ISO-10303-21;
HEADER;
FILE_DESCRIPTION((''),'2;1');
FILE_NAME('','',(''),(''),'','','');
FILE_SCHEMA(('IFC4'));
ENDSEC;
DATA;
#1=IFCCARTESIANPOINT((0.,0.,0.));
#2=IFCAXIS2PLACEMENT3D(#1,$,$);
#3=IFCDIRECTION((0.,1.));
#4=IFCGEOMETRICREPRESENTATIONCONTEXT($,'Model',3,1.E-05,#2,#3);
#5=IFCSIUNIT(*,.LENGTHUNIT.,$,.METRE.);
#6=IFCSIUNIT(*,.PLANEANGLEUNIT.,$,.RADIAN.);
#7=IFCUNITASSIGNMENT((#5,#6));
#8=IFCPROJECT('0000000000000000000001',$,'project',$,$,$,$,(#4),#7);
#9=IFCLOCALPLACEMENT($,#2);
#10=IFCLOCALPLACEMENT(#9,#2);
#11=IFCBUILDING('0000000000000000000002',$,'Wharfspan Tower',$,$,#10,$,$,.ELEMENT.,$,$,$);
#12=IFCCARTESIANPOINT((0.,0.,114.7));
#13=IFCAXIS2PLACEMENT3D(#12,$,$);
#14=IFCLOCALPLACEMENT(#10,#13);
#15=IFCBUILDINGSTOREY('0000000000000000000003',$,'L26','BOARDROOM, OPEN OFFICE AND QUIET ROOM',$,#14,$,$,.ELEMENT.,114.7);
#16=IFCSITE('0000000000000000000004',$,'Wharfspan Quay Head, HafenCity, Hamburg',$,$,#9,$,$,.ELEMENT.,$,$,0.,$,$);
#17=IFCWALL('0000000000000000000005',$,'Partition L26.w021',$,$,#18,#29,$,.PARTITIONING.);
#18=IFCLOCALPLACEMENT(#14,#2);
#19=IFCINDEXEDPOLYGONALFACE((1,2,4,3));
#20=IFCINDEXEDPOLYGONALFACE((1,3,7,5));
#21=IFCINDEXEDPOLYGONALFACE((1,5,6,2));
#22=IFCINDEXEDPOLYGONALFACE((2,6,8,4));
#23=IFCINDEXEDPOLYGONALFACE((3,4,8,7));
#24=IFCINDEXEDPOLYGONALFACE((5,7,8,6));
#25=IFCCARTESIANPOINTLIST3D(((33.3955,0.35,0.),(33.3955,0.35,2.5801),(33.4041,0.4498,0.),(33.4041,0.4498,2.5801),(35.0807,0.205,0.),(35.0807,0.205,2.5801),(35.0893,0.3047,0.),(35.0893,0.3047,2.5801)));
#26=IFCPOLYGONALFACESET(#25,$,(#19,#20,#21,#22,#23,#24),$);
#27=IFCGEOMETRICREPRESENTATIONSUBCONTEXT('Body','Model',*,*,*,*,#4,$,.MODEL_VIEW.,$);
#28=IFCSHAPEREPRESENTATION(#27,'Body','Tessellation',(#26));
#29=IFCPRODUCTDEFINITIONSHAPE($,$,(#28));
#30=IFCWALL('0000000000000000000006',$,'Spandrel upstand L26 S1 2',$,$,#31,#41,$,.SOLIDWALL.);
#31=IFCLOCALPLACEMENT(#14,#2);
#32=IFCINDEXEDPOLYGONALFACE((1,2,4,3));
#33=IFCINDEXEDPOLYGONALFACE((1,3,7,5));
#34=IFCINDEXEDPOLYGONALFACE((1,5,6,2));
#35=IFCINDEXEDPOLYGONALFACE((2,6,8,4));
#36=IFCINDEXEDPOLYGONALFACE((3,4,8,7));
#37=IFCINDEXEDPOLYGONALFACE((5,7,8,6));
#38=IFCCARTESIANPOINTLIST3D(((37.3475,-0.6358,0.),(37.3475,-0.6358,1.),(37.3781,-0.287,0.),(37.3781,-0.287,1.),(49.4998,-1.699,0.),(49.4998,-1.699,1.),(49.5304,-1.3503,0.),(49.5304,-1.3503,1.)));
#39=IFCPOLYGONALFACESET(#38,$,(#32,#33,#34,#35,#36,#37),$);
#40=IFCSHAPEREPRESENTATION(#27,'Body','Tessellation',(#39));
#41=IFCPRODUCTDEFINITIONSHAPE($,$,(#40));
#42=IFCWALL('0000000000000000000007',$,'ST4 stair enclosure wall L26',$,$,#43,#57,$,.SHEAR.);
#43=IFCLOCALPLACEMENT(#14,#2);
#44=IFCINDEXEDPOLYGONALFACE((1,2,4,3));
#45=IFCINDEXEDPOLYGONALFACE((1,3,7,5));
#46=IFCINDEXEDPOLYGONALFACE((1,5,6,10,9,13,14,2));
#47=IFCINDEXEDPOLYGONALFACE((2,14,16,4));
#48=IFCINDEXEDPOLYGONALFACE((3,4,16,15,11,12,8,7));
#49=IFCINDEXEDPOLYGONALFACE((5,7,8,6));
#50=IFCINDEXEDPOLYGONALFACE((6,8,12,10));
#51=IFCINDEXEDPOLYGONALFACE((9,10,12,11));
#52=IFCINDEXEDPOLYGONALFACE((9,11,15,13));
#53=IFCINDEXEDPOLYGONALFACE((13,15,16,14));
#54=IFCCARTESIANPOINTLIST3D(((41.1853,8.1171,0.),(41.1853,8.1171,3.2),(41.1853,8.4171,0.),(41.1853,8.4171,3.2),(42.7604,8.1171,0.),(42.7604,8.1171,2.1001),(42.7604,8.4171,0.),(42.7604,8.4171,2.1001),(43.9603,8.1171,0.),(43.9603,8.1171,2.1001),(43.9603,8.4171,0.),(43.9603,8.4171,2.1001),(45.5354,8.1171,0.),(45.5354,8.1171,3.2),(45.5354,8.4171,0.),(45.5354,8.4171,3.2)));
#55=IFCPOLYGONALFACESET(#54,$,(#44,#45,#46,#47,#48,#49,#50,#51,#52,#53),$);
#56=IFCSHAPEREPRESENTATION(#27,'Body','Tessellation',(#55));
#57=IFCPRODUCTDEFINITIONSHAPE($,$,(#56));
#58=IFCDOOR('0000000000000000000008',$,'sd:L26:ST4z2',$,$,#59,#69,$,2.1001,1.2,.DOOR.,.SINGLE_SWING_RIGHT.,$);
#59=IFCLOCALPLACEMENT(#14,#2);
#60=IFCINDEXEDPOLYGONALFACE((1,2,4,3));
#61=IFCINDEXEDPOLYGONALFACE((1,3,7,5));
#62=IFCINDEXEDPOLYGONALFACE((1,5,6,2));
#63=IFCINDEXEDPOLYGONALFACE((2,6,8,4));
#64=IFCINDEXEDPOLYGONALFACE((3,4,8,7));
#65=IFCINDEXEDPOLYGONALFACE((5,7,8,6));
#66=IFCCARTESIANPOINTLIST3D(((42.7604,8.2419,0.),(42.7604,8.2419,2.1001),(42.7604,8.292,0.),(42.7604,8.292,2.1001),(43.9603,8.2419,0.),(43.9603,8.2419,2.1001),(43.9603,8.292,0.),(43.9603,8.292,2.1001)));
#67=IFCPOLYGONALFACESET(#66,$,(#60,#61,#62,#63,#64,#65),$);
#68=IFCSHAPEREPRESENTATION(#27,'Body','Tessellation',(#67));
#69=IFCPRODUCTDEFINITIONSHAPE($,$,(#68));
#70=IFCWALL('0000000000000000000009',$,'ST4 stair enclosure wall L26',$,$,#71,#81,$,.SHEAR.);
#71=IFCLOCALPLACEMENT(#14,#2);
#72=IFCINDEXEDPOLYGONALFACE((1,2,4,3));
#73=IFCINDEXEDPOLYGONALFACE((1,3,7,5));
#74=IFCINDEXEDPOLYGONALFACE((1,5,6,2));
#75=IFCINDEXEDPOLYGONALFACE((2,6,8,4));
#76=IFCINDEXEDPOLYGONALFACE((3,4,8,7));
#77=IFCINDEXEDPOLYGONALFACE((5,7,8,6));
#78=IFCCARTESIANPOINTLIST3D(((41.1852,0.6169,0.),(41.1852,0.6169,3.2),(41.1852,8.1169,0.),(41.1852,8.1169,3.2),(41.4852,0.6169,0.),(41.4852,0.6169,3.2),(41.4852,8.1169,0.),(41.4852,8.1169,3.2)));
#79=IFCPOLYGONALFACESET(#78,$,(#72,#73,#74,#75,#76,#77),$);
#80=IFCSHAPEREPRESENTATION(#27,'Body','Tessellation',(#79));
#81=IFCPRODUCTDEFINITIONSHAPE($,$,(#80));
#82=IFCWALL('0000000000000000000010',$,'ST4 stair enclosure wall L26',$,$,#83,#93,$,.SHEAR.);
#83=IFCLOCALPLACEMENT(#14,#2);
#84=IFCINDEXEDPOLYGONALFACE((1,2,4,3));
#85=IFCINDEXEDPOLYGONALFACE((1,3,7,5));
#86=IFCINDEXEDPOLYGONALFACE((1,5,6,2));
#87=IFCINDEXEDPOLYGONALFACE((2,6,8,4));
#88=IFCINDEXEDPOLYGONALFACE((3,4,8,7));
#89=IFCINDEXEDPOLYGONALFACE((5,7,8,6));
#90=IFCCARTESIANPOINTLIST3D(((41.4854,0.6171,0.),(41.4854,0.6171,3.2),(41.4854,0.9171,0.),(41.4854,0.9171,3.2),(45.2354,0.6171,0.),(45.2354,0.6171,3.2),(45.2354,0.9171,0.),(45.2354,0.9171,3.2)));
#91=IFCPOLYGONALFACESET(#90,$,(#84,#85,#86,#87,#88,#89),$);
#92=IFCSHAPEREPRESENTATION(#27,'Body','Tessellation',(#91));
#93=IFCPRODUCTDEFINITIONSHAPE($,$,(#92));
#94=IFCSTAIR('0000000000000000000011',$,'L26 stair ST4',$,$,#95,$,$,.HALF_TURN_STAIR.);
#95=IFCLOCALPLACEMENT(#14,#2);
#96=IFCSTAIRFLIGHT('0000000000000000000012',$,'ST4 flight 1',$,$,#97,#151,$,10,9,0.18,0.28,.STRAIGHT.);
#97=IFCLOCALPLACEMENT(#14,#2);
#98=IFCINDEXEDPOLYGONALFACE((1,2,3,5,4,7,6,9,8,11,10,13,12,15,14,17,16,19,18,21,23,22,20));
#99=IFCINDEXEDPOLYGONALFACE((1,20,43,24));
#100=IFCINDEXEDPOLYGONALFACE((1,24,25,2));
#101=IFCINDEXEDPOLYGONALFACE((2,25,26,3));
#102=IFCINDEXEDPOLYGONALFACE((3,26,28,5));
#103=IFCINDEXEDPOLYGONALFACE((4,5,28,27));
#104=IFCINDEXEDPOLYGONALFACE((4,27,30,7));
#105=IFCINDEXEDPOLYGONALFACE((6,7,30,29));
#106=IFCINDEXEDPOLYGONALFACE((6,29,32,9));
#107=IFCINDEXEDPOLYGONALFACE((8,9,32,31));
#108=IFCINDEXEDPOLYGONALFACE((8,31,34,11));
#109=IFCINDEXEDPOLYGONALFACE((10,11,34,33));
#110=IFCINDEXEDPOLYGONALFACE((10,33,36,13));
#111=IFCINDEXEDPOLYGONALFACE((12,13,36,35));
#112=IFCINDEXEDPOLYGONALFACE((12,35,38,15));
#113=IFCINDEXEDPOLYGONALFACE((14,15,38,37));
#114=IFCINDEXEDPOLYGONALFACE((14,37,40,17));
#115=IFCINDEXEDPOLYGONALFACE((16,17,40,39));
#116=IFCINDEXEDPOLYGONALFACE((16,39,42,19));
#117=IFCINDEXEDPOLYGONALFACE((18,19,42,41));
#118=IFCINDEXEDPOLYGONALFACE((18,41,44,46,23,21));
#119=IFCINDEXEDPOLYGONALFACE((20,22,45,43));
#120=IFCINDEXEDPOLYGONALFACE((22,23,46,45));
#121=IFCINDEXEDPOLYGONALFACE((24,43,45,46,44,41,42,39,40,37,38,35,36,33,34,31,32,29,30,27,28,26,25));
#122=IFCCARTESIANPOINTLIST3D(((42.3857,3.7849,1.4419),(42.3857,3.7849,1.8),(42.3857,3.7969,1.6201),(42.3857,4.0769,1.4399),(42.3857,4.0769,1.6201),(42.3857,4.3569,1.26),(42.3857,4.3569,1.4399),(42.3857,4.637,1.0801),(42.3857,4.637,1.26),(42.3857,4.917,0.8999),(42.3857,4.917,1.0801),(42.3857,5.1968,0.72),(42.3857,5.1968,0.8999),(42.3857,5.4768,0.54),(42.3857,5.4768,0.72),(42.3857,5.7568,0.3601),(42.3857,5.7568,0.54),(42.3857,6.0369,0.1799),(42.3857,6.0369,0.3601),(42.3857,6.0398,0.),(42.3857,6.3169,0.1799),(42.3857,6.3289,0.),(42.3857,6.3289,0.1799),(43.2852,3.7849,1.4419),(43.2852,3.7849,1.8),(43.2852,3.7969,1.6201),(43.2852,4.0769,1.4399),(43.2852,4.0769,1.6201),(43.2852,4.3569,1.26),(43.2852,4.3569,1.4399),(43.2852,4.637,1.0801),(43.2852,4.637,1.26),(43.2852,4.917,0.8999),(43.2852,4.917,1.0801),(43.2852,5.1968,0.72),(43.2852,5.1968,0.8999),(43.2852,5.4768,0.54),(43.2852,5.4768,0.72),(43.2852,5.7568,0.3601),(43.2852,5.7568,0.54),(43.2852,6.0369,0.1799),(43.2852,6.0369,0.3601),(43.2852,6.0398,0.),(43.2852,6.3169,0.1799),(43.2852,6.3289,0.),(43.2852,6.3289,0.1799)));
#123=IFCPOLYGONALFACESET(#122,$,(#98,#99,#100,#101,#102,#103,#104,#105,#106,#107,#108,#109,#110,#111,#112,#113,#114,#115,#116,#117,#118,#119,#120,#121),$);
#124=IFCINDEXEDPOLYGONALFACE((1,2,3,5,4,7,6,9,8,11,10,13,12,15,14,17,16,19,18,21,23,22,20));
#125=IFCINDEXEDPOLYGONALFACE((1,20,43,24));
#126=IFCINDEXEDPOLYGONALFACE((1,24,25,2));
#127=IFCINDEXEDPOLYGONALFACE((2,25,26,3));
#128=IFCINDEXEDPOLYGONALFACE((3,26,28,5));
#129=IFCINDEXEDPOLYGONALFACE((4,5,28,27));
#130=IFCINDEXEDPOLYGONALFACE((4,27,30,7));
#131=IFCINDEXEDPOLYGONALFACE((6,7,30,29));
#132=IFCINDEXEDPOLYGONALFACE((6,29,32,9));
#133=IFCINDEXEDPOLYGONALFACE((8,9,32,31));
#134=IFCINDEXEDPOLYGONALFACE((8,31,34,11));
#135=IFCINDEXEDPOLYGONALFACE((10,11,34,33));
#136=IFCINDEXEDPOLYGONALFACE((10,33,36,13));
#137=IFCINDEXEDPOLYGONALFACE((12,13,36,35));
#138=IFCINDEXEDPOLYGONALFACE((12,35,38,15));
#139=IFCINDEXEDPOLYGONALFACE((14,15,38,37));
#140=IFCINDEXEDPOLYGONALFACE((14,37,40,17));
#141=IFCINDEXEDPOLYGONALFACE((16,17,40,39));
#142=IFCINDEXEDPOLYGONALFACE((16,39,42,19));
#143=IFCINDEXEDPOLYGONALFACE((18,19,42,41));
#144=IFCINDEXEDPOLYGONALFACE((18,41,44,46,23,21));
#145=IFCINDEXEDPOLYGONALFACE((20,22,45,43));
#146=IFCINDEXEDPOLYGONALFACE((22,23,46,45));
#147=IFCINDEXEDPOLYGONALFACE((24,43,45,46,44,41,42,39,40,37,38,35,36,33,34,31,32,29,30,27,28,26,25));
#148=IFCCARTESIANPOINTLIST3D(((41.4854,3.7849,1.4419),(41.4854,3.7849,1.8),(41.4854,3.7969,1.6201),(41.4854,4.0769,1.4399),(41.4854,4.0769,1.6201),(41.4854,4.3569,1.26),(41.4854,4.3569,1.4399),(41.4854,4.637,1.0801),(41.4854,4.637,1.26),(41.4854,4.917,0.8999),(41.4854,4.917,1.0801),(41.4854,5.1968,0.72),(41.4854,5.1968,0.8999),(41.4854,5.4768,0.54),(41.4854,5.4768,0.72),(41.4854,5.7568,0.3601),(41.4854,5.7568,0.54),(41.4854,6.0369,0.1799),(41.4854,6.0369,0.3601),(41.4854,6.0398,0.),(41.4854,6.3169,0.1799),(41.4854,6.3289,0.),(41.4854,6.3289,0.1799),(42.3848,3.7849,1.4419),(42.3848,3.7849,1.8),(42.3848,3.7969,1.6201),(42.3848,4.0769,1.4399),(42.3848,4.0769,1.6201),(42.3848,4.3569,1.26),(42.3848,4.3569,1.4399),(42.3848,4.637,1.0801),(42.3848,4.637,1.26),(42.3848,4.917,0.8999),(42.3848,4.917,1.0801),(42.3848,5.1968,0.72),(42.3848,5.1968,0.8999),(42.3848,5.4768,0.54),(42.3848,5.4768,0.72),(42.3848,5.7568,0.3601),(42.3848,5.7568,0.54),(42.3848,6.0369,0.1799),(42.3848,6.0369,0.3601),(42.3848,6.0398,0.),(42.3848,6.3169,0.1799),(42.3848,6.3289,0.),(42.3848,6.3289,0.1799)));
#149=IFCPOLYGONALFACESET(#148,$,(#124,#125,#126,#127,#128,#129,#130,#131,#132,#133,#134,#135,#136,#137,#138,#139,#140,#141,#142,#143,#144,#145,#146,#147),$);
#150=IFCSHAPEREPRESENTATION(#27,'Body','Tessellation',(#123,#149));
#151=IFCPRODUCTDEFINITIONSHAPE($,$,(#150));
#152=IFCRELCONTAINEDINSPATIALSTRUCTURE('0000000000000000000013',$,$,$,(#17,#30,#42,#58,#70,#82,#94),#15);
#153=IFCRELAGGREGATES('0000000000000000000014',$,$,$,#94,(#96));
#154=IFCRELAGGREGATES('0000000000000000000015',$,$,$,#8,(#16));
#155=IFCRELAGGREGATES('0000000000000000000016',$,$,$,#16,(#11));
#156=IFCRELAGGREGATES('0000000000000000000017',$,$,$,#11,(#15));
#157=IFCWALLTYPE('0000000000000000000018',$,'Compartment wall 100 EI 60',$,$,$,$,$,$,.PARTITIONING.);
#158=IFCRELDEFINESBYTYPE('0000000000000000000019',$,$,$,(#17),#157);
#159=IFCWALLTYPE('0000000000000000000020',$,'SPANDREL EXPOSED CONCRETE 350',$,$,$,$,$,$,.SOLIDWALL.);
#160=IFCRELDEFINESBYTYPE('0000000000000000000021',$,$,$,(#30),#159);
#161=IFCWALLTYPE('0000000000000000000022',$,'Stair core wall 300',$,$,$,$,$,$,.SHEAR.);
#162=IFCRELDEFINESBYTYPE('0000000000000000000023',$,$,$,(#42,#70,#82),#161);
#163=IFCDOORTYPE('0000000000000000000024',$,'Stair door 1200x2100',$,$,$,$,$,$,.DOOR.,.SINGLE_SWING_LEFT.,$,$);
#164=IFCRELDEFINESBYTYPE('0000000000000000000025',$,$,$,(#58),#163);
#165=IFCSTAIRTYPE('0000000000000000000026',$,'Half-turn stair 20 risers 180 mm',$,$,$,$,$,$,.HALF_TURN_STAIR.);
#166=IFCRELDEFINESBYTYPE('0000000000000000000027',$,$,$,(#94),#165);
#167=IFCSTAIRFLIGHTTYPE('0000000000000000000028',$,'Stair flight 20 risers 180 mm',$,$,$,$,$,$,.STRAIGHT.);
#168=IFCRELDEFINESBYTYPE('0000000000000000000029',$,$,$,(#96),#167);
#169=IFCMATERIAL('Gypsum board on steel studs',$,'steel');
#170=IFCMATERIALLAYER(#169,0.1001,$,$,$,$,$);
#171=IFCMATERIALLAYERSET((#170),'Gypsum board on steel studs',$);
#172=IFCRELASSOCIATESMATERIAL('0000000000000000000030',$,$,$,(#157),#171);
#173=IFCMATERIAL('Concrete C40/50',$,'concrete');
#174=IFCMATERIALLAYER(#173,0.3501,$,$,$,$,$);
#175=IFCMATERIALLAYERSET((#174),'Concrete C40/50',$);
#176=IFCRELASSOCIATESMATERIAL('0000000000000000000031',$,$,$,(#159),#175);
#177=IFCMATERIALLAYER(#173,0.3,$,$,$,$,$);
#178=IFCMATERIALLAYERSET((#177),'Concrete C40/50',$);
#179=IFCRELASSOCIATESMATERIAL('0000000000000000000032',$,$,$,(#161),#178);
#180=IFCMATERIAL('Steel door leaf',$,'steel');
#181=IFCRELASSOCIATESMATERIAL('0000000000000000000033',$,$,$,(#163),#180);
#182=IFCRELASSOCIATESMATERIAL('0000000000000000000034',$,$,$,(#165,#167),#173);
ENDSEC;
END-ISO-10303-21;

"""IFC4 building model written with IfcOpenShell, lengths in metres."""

from ifc_helpers import new_model, si_unit, direction, frame, frame_2d, origin, place, context, subcontext, project, spatial, polyline, rectangle, outline, extrude, material, layer, layer_set, type_object, element, fill, aggregate, save


model = new_model("IFC4")

# Units and contexts
model_context = context("Model", 3, precision=1e-05, world=origin(), true_north=direction((0.0, 1.0)))
body_context = subcontext(model_context, "Body", "Model", "MODEL_VIEW")
ifc_project = project(units=[si_unit("LENGTHUNIT", "METRE"), si_unit("PLANEANGLEUNIT", "RADIAN")], contexts=[model_context])

# Site, building, storey
site_placement = place(None, origin())
site = spatial("IfcSite", under=ifc_project, at=site_placement, Name="Wharfspan Quay Head, HafenCity, Hamburg", CompositionType="ELEMENT", RefElevation=0.0)
building_placement = place(site_placement, origin())
building = spatial("IfcBuilding", under=site, at=building_placement, Name="Wharfspan Tower", CompositionType="ELEMENT")
storey_placement = place(building_placement, frame((0.0, 0.0, 114.7)))
storey = spatial("IfcBuildingStorey", under=building, at=storey_placement, Name="L26", Description="BOARDROOM, OPEN OFFICE AND QUIET ROOM", CompositionType="ELEMENT", Elevation=114.7)

# Shared definitions
ifc_material_1 = material(Name="Gypsum board on steel studs", Category="steel")
ifc_layer_1 = layer(ifc_material_1, 0.1001)
ifc_layer_set_1 = layer_set([ifc_layer_1], Name="Gypsum board on steel studs")
wall_type_1 = type_object("IfcWallType", Name="Compartment wall 100 EI 60", PredefinedType="PARTITIONING", material=ifc_layer_set_1)

# Walls
wall_1_placement = place(storey_placement, frame((35.085, 0.2549, 0.0), z_axis=(0.0, 0.0, 1.0), x_axis=(-0.996316, 0.085745, 0.0)))
element("IfcWall", 1, at=wall_1_placement, inside=storey, type_object=wall_type_1, Name="Partition L26.w021", PredefinedType="PARTITIONING", context=body_context, shape_type="SweptSolid", body=[
    extrude(rectangle(XDim=1.6914, YDim=0.1001, at=frame_2d((0.8457, 0.0))), origin(), (0.0, 0.0, 1.0), 2.5801),
])
ifc_material_2 = material(Name="Concrete C40/50", Category="concrete")
ifc_layer_2 = layer(ifc_material_2, 0.3501)
ifc_layer_set_2 = layer_set([ifc_layer_2], Name="Concrete C40/50")
wall_type_2 = type_object("IfcWallType", Name="SPANDREL EXPOSED CONCRETE 350", PredefinedType="SOLIDWALL", material=ifc_layer_set_2)
wall_2_placement = place(storey_placement, frame((37.3628, -0.4614, 0.0), z_axis=(0.0, 0.0, 1.0), x_axis=(0.996194, -0.087159, 0.0)))
element("IfcWall", 2, at=wall_2_placement, inside=storey, type_object=wall_type_2, Name="Spandrel upstand L26 S1 2", PredefinedType="SOLIDWALL", context=body_context, shape_type="SweptSolid", body=[
    extrude(rectangle(XDim=12.1987, YDim=0.3501, at=frame_2d((6.0994, 0.0))), origin(), (0.0, 0.0, 1.0), 1.0),
])

# Wall, opening, door
ifc_layer_3 = layer(ifc_material_2, 0.3)
ifc_layer_set_3 = layer_set([ifc_layer_3], Name="Concrete C40/50")
wall_type_3 = type_object("IfcWallType", Name="Stair core wall 300", PredefinedType="SHEAR", material=ifc_layer_set_3)
wall_3_placement = place(storey_placement, frame((41.1853, 8.2671, 0.0), z_axis=(0.0, 0.0, 1.0), x_axis=(1.0, 0.0, 0.0)))
wall_3 = element("IfcWall", 3, at=wall_3_placement, inside=storey, type_object=wall_type_3, Name="ST4 stair enclosure wall L26", PredefinedType="SHEAR", context=body_context, shape_type="SweptSolid", body=[
    extrude(rectangle(XDim=4.3501, YDim=0.3, at=frame_2d((2.175, 0.0))), origin(), (0.0, 0.0, 1.0), 3.2),
])
opening_1_placement = place(wall_3_placement, frame((1.575, 0.0, 0.0)))
opening_1 = element("IfcOpeningElement", 4, at=opening_1_placement, cuts=wall_3, PredefinedType="OPENING", context=body_context, shape_type="SweptSolid", body=[
    extrude(rectangle(XDim=1.2, YDim=2.1001, at=frame_2d((0.6001, 1.05))), frame((0.0, 0.1599, 0.0), z_axis=(0.0, -1.0, 0.0), x_axis=(1.0, 0.0, 0.0)), (0.0, 0.0, 1.0), 0.3201),
])
ifc_material_3 = material(Name="Steel door leaf", Category="steel")
door_type_1 = type_object("IfcDoorType", Name="Stair door 1200x2100", OperationType="SINGLE_SWING_LEFT", PredefinedType="DOOR", material=ifc_material_3)
door_1_placement = place(opening_1_placement, origin())
door_1 = element("IfcDoor", 5, at=door_1_placement, inside=storey, type_object=door_type_1, Name="sd:L26:ST4z2", OperationType="SINGLE_SWING_RIGHT", OverallHeight=2.1001, OverallWidth=1.2, PredefinedType="DOOR", context=body_context, shape_type="SweptSolid", body=[
    extrude(rectangle(XDim=1.2, YDim=2.1001, at=frame_2d((0.6001, 1.05))), frame((0.0, 0.0249, 0.0), z_axis=(0.0, -1.0, 0.0), x_axis=(1.0, 0.0, 0.0)), (0.0, 0.0, 1.0), 0.05),
])
fill(opening_1, door_1)

# Walls
wall_4_placement = place(storey_placement, frame((41.3352, 0.6169, 0.0), z_axis=(0.0, 0.0, 1.0), x_axis=(0.0, 1.0, 0.0)))
element("IfcWall", 6, at=wall_4_placement, inside=storey, type_object=wall_type_3, Name="ST4 stair enclosure wall L26", PredefinedType="SHEAR", context=body_context, shape_type="SweptSolid", body=[
    extrude(rectangle(XDim=7.5, YDim=0.3, at=frame_2d((3.75, 0.0))), origin(), (0.0, 0.0, 1.0), 3.2),
])
wall_5_placement = place(storey_placement, frame((41.4854, 0.7671, 0.0), z_axis=(0.0, 0.0, 1.0), x_axis=(1.0, 0.0, 0.0)))
element("IfcWall", 7, at=wall_5_placement, inside=storey, type_object=wall_type_3, Name="ST4 stair enclosure wall L26", PredefinedType="SHEAR", context=body_context, shape_type="SweptSolid", body=[
    extrude(rectangle(XDim=3.75, YDim=0.3, at=frame_2d((1.875, 0.0))), origin(), (0.0, 0.0, 1.0), 3.2),
])

# Stair, stair flight
stair_type = type_object("IfcStairType", Name="Half-turn stair 20 risers 180 mm", PredefinedType="HALF_TURN_STAIR", material=ifc_material_2)
stair_placement = place(storey_placement, origin())
stair = element("IfcStair", 8, at=stair_placement, inside=storey, type_object=stair_type, Name="L26 stair ST4", PredefinedType="HALF_TURN_STAIR")
stair_flight_type = type_object("IfcStairFlightType", Name="Stair flight 20 risers 180 mm", PredefinedType="STRAIGHT", material=ifc_material_2)
stair_flight_placement = place(storey_placement, frame((42.3853, 6.3169, 0.0), z_axis=(0.0, 0.0, 1.0), x_axis=(0.0, -1.0, 0.0)))
stair_flight = element("IfcStairFlight", 9, at=stair_flight_placement, type_object=stair_flight_type, Name="ST4 flight 1", NumberOfRisers=10, NumberOfTreads=9, PredefinedType="STRAIGHT", RiserHeight=0.18, TreadLength=0.28, context=body_context, shape_type="SweptSolid", body=[
    extrude(outline(polyline([(-0.012, 0.0), (-0.012, 0.1799), (0.0, 0.1799), (0.28, 0.1799), (0.28, 0.3601), (0.5601, 0.3601), (0.5601, 0.54), (0.8401, 0.54), (0.8401, 0.72), (1.1201, 0.72), (1.1201, 0.8999), (1.3999, 0.8999), (1.3999, 1.0801), (1.6799, 1.0801), (1.6799, 1.26), (1.96, 1.26), (1.96, 1.4399), (2.24, 1.4399), (2.24, 1.6201), (2.52, 1.6201), (2.532, 1.8), (2.532, 1.4419), (0.2771, 0.0), (-0.012, 0.0)])), frame((0.0, 0.8999, 0.0), z_axis=(0.0, -1.0, 0.0), x_axis=(1.0, 0.0, 0.0)), (0.0, 0.0, 1.0), 0.8994),
    extrude(outline(polyline([(-0.012, 0.0), (-0.012, 0.1799), (0.0, 0.1799), (0.28, 0.1799), (0.28, 0.3601), (0.5601, 0.3601), (0.5601, 0.54), (0.8401, 0.54), (0.8401, 0.72), (1.1201, 0.72), (1.1201, 0.8999), (1.3999, 0.8999), (1.3999, 1.0801), (1.6799, 1.0801), (1.6799, 1.26), (1.96, 1.26), (1.96, 1.4399), (2.24, 1.4399), (2.24, 1.6201), (2.52, 1.6201), (2.532, 1.8), (2.532, 1.4419), (0.2771, 0.0), (-0.012, 0.0)])), frame((0.0, -0.0005, 0.0), z_axis=(0.0, -1.0, 0.0), x_axis=(1.0, 0.0, 0.0)), (0.0, 0.0, 1.0), 0.8994),
])
aggregate(stair, [stair_flight])

save(model, "model.ifc")
